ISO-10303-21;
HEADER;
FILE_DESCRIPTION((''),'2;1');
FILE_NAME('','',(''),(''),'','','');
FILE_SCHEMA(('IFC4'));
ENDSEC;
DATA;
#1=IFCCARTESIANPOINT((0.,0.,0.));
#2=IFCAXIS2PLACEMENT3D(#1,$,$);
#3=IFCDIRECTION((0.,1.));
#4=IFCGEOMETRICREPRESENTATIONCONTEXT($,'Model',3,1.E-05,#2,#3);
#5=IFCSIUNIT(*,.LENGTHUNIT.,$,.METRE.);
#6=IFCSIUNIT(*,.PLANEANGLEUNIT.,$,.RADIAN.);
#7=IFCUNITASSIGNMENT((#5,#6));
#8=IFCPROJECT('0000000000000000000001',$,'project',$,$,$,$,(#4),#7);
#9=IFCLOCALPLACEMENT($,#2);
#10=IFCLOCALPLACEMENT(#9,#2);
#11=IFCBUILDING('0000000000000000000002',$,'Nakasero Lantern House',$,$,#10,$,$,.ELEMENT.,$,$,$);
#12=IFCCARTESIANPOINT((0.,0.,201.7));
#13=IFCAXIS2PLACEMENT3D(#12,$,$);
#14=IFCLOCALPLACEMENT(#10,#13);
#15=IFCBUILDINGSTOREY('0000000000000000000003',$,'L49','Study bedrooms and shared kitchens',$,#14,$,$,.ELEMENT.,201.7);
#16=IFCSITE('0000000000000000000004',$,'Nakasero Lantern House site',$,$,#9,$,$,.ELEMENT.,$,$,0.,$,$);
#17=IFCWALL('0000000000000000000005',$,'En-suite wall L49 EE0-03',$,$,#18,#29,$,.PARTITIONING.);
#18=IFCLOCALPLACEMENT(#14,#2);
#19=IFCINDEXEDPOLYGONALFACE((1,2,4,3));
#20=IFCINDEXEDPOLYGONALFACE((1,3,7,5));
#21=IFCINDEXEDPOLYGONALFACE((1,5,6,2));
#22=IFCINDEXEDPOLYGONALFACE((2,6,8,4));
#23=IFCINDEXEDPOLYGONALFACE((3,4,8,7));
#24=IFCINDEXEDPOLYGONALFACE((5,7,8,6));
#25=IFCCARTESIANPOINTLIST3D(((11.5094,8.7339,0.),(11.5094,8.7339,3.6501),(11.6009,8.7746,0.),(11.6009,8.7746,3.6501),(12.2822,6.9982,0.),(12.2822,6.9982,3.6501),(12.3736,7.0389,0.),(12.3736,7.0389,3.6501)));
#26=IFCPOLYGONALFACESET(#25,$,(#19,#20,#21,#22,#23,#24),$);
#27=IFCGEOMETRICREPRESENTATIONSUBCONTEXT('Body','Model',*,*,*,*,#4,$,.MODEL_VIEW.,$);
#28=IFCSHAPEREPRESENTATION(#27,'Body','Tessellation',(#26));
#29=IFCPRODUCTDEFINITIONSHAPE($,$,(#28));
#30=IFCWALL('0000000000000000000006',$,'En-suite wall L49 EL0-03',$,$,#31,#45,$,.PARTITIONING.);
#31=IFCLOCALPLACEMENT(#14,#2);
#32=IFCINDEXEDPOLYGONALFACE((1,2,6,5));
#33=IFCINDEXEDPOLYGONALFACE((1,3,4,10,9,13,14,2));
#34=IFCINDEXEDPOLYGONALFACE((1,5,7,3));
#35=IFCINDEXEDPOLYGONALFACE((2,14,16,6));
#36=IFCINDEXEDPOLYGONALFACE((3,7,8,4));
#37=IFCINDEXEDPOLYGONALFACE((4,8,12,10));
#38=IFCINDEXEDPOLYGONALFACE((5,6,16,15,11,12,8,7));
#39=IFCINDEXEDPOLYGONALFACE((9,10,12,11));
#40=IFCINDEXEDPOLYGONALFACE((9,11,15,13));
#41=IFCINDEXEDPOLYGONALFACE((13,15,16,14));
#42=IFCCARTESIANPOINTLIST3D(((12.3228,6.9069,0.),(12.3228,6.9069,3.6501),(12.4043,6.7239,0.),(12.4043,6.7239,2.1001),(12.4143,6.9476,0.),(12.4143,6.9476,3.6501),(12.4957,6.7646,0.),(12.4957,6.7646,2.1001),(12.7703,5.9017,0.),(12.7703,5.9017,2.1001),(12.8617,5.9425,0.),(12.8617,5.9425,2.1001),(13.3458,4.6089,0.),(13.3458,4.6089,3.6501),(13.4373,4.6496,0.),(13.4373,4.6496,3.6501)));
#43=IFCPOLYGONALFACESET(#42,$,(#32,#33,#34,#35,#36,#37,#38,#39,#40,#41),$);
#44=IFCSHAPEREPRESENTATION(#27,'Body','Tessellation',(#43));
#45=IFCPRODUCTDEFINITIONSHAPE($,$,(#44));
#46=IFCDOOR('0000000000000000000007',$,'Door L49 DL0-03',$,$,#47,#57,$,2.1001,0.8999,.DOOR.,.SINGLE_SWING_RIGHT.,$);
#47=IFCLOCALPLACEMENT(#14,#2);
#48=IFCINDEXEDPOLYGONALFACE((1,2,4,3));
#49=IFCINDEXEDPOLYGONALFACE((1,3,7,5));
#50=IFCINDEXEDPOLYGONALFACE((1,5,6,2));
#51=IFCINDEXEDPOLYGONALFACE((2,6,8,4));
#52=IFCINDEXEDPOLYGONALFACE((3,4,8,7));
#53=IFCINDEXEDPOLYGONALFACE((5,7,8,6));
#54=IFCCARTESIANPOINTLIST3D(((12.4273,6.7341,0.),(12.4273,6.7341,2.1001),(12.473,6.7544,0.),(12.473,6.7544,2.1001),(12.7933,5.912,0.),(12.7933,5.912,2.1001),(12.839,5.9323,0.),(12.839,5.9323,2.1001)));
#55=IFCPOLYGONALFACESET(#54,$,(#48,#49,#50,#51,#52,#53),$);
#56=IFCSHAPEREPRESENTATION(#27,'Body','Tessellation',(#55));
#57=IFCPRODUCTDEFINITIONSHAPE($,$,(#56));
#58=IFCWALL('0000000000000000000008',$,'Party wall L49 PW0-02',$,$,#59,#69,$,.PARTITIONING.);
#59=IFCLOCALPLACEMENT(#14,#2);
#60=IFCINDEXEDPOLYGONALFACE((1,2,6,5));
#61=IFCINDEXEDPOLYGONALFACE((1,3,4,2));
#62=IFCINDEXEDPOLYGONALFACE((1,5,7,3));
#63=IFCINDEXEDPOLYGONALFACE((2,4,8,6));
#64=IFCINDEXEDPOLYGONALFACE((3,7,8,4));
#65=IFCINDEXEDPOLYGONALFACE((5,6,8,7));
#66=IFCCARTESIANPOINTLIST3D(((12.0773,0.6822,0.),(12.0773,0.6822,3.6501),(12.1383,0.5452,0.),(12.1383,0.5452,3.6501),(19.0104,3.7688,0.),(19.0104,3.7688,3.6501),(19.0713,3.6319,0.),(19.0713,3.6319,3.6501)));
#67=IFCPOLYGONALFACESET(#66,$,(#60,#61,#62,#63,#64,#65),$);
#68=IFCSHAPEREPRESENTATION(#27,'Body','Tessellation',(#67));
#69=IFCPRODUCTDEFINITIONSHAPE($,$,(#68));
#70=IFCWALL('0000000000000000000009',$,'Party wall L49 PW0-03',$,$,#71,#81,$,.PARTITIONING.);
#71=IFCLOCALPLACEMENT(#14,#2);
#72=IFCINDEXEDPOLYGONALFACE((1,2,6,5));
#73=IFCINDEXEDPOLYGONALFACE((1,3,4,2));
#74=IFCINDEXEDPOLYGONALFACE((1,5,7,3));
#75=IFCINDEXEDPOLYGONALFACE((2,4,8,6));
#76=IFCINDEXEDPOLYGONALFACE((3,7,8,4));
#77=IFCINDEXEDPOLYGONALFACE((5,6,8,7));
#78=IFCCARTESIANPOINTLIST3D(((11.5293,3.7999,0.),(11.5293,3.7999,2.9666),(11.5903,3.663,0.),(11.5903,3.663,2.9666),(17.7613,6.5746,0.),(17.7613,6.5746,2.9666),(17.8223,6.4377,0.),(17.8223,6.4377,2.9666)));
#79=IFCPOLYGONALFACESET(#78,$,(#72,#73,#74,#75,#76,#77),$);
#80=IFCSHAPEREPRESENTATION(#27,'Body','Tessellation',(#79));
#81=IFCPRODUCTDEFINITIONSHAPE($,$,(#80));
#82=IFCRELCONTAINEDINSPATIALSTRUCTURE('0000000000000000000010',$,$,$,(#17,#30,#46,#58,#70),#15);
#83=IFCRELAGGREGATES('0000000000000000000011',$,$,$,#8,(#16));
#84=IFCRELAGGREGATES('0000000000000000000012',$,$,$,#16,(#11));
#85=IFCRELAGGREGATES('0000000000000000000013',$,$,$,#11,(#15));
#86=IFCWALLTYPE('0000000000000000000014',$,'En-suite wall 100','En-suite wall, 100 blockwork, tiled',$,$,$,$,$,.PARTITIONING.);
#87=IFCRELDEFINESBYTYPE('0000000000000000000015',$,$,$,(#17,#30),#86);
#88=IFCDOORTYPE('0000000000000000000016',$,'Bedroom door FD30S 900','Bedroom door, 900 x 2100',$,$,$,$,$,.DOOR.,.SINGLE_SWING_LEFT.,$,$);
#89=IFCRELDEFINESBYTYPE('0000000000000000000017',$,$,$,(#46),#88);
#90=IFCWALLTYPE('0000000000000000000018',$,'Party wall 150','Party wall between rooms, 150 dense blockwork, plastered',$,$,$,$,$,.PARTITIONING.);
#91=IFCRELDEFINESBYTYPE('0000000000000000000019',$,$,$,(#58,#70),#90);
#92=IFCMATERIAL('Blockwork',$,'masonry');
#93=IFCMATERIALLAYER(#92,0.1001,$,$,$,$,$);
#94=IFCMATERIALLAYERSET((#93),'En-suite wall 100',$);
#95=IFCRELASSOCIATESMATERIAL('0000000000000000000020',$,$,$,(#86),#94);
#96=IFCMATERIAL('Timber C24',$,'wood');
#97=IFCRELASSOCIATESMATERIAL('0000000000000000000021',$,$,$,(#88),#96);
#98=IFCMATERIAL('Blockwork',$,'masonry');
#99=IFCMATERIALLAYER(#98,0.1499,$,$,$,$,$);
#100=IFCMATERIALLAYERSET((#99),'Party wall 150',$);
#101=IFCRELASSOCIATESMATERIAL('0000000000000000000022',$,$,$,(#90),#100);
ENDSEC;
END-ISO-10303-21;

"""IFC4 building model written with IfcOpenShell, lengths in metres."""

from ifc_helpers import new_model, si_unit, direction, frame, frame_2d, origin, place, context, subcontext, project, spatial, rectangle, extrude, material, layer, layer_set, type_object, element, fill, save


model = new_model("IFC4")

# Units and contexts
model_context = context("Model", 3, precision=1e-05, world=origin(), true_north=direction((0.0, 1.0)))
body_context = subcontext(model_context, "Body", "Model", "MODEL_VIEW")
ifc_project = project(units=[si_unit("LENGTHUNIT", "METRE"), si_unit("PLANEANGLEUNIT", "RADIAN")], contexts=[model_context])

# Site, building, storey
site_placement = place(None, origin())
site = spatial("IfcSite", under=ifc_project, at=site_placement, Name="Nakasero Lantern House site", CompositionType="ELEMENT", RefElevation=0.0)
building_placement = place(site_placement, origin())
building = spatial("IfcBuilding", under=site, at=building_placement, Name="Nakasero Lantern House", CompositionType="ELEMENT")
storey_placement = place(building_placement, frame((0.0, 0.0, 201.7)))
storey = spatial("IfcBuildingStorey", under=building, at=storey_placement, Name="L49", Description="Study bedrooms and shared kitchens", CompositionType="ELEMENT", Elevation=201.7)

# Wall
ifc_material_1 = material(Name="Blockwork", Category="masonry")
ifc_layer_1 = layer(ifc_material_1, 0.1001)
ifc_layer_set_1 = layer_set([ifc_layer_1], Name="En-suite wall 100")
wall_type_1 = type_object("IfcWallType", Name="En-suite wall 100", Description="En-suite wall, 100 blockwork, tiled", PredefinedType="PARTITIONING", material=ifc_layer_set_1)
wall_1_placement = place(storey_placement, frame((12.3279, 7.0186, 0.0), z_axis=(0.0, 0.0, 1.0), x_axis=(-0.406723, 0.913552, 0.0)))
element("IfcWall", 1, at=wall_1_placement, inside=storey, type_object=wall_type_1, Name="En-suite wall L49 EE0-03", PredefinedType="PARTITIONING", context=body_context, shape_type="SweptSolid", body=[
    extrude(rectangle(XDim=1.8999, YDim=0.1001, at=frame_2d((0.95, 0.0))), origin(), (0.0, 0.0, 1.0), 3.6501),
])

# Wall, opening, door
wall_2_placement = place(storey_placement, frame((13.3916, 4.6292, 0.0), z_axis=(0.0, 0.0, 1.0), x_axis=(-0.406697, 0.913563, 0.0)))
wall_2 = element("IfcWall", 2, at=wall_2_placement, inside=storey, type_object=wall_type_1, Name="En-suite wall L49 EL0-03", PredefinedType="PARTITIONING", context=body_context, shape_type="SweptSolid", body=[
    extrude(rectangle(XDim=2.5154, YDim=0.1001, at=frame_2d((1.2578, 0.0))), origin(), (0.0, 0.0, 1.0), 3.6501),
])
opening_1_placement = place(wall_2_placement, frame((1.4153, 0.0, 0.0)))
opening_1 = element("IfcOpeningElement", 3, at=opening_1_placement, cuts=wall_2, PredefinedType="OPENING", context=body_context, shape_type="SweptSolid", body=[
    extrude(rectangle(XDim=0.8999, YDim=2.1001, at=frame_2d((0.45, 1.05))), frame((0.0, 0.0701, 0.0), z_axis=(0.0, -1.0, 0.0), x_axis=(1.0, 0.0, 0.0)), (0.0, 0.0, 1.0), 0.1401),
])
ifc_material_2 = material(Name="Timber C24", Category="wood")
door_type_1 = type_object("IfcDoorType", Name="Bedroom door FD30S 900", Description="Bedroom door, 900 x 2100", OperationType="SINGLE_SWING_LEFT", PredefinedType="DOOR", material=ifc_material_2)
door_1_placement = place(opening_1_placement, origin())
door_1 = element("IfcDoor", 4, at=door_1_placement, inside=storey, type_object=door_type_1, Name="Door L49 DL0-03", OperationType="SINGLE_SWING_RIGHT", OverallHeight=2.1001, OverallWidth=0.8999, PredefinedType="DOOR", context=body_context, shape_type="SweptSolid", body=[
    extrude(rectangle(XDim=0.8999, YDim=2.1001, at=frame_2d((0.45, 1.05))), frame((0.0, 0.0249, 0.0), z_axis=(0.0, -1.0, 0.0), x_axis=(1.0, 0.0, 0.0)), (0.0, 0.0, 1.0), 0.05),
])
fill(opening_1, door_1)

# Walls
ifc_material_3 = material(Name="Blockwork", Category="masonry")
ifc_layer_2 = layer(ifc_material_3, 0.1499)
ifc_layer_set_2 = layer_set([ifc_layer_2], Name="Party wall 150")
wall_type_2 = type_object("IfcWallType", Name="Party wall 150", Description="Party wall between rooms, 150 dense blockwork, plastered", PredefinedType="PARTITIONING", material=ifc_layer_set_2)
wall_3_placement = place(storey_placement, frame((12.1079, 0.6138, 0.0), z_axis=(0.0, 0.0, 1.0), x_axis=(0.913553, 0.40672, 0.0)))
element("IfcWall", 5, at=wall_3_placement, inside=storey, type_object=wall_type_2, Name="Party wall L49 PW0-02", PredefinedType="PARTITIONING", context=body_context, shape_type="SweptSolid", body=[
    extrude(rectangle(XDim=7.5891, YDim=0.1499, at=frame_2d((3.7944, 0.0))), origin(), (0.0, 0.0, 1.0), 3.6501),
])
wall_4_placement = place(storey_placement, frame((11.5598, 3.7314, 0.0), z_axis=(0.0, 0.0, 1.0), x_axis=(0.913544, 0.406739, 0.0)))
element("IfcWall", 6, at=wall_4_placement, inside=storey, type_object=wall_type_2, Name="Party wall L49 PW0-03", PredefinedType="PARTITIONING", context=body_context, shape_type="SweptSolid", body=[
    extrude(rectangle(XDim=6.8218, YDim=0.1499, at=frame_2d((3.4109, 0.0))), origin(), (0.0, 0.0, 1.0), 2.9666),
])

save(model, "model.ifc")
